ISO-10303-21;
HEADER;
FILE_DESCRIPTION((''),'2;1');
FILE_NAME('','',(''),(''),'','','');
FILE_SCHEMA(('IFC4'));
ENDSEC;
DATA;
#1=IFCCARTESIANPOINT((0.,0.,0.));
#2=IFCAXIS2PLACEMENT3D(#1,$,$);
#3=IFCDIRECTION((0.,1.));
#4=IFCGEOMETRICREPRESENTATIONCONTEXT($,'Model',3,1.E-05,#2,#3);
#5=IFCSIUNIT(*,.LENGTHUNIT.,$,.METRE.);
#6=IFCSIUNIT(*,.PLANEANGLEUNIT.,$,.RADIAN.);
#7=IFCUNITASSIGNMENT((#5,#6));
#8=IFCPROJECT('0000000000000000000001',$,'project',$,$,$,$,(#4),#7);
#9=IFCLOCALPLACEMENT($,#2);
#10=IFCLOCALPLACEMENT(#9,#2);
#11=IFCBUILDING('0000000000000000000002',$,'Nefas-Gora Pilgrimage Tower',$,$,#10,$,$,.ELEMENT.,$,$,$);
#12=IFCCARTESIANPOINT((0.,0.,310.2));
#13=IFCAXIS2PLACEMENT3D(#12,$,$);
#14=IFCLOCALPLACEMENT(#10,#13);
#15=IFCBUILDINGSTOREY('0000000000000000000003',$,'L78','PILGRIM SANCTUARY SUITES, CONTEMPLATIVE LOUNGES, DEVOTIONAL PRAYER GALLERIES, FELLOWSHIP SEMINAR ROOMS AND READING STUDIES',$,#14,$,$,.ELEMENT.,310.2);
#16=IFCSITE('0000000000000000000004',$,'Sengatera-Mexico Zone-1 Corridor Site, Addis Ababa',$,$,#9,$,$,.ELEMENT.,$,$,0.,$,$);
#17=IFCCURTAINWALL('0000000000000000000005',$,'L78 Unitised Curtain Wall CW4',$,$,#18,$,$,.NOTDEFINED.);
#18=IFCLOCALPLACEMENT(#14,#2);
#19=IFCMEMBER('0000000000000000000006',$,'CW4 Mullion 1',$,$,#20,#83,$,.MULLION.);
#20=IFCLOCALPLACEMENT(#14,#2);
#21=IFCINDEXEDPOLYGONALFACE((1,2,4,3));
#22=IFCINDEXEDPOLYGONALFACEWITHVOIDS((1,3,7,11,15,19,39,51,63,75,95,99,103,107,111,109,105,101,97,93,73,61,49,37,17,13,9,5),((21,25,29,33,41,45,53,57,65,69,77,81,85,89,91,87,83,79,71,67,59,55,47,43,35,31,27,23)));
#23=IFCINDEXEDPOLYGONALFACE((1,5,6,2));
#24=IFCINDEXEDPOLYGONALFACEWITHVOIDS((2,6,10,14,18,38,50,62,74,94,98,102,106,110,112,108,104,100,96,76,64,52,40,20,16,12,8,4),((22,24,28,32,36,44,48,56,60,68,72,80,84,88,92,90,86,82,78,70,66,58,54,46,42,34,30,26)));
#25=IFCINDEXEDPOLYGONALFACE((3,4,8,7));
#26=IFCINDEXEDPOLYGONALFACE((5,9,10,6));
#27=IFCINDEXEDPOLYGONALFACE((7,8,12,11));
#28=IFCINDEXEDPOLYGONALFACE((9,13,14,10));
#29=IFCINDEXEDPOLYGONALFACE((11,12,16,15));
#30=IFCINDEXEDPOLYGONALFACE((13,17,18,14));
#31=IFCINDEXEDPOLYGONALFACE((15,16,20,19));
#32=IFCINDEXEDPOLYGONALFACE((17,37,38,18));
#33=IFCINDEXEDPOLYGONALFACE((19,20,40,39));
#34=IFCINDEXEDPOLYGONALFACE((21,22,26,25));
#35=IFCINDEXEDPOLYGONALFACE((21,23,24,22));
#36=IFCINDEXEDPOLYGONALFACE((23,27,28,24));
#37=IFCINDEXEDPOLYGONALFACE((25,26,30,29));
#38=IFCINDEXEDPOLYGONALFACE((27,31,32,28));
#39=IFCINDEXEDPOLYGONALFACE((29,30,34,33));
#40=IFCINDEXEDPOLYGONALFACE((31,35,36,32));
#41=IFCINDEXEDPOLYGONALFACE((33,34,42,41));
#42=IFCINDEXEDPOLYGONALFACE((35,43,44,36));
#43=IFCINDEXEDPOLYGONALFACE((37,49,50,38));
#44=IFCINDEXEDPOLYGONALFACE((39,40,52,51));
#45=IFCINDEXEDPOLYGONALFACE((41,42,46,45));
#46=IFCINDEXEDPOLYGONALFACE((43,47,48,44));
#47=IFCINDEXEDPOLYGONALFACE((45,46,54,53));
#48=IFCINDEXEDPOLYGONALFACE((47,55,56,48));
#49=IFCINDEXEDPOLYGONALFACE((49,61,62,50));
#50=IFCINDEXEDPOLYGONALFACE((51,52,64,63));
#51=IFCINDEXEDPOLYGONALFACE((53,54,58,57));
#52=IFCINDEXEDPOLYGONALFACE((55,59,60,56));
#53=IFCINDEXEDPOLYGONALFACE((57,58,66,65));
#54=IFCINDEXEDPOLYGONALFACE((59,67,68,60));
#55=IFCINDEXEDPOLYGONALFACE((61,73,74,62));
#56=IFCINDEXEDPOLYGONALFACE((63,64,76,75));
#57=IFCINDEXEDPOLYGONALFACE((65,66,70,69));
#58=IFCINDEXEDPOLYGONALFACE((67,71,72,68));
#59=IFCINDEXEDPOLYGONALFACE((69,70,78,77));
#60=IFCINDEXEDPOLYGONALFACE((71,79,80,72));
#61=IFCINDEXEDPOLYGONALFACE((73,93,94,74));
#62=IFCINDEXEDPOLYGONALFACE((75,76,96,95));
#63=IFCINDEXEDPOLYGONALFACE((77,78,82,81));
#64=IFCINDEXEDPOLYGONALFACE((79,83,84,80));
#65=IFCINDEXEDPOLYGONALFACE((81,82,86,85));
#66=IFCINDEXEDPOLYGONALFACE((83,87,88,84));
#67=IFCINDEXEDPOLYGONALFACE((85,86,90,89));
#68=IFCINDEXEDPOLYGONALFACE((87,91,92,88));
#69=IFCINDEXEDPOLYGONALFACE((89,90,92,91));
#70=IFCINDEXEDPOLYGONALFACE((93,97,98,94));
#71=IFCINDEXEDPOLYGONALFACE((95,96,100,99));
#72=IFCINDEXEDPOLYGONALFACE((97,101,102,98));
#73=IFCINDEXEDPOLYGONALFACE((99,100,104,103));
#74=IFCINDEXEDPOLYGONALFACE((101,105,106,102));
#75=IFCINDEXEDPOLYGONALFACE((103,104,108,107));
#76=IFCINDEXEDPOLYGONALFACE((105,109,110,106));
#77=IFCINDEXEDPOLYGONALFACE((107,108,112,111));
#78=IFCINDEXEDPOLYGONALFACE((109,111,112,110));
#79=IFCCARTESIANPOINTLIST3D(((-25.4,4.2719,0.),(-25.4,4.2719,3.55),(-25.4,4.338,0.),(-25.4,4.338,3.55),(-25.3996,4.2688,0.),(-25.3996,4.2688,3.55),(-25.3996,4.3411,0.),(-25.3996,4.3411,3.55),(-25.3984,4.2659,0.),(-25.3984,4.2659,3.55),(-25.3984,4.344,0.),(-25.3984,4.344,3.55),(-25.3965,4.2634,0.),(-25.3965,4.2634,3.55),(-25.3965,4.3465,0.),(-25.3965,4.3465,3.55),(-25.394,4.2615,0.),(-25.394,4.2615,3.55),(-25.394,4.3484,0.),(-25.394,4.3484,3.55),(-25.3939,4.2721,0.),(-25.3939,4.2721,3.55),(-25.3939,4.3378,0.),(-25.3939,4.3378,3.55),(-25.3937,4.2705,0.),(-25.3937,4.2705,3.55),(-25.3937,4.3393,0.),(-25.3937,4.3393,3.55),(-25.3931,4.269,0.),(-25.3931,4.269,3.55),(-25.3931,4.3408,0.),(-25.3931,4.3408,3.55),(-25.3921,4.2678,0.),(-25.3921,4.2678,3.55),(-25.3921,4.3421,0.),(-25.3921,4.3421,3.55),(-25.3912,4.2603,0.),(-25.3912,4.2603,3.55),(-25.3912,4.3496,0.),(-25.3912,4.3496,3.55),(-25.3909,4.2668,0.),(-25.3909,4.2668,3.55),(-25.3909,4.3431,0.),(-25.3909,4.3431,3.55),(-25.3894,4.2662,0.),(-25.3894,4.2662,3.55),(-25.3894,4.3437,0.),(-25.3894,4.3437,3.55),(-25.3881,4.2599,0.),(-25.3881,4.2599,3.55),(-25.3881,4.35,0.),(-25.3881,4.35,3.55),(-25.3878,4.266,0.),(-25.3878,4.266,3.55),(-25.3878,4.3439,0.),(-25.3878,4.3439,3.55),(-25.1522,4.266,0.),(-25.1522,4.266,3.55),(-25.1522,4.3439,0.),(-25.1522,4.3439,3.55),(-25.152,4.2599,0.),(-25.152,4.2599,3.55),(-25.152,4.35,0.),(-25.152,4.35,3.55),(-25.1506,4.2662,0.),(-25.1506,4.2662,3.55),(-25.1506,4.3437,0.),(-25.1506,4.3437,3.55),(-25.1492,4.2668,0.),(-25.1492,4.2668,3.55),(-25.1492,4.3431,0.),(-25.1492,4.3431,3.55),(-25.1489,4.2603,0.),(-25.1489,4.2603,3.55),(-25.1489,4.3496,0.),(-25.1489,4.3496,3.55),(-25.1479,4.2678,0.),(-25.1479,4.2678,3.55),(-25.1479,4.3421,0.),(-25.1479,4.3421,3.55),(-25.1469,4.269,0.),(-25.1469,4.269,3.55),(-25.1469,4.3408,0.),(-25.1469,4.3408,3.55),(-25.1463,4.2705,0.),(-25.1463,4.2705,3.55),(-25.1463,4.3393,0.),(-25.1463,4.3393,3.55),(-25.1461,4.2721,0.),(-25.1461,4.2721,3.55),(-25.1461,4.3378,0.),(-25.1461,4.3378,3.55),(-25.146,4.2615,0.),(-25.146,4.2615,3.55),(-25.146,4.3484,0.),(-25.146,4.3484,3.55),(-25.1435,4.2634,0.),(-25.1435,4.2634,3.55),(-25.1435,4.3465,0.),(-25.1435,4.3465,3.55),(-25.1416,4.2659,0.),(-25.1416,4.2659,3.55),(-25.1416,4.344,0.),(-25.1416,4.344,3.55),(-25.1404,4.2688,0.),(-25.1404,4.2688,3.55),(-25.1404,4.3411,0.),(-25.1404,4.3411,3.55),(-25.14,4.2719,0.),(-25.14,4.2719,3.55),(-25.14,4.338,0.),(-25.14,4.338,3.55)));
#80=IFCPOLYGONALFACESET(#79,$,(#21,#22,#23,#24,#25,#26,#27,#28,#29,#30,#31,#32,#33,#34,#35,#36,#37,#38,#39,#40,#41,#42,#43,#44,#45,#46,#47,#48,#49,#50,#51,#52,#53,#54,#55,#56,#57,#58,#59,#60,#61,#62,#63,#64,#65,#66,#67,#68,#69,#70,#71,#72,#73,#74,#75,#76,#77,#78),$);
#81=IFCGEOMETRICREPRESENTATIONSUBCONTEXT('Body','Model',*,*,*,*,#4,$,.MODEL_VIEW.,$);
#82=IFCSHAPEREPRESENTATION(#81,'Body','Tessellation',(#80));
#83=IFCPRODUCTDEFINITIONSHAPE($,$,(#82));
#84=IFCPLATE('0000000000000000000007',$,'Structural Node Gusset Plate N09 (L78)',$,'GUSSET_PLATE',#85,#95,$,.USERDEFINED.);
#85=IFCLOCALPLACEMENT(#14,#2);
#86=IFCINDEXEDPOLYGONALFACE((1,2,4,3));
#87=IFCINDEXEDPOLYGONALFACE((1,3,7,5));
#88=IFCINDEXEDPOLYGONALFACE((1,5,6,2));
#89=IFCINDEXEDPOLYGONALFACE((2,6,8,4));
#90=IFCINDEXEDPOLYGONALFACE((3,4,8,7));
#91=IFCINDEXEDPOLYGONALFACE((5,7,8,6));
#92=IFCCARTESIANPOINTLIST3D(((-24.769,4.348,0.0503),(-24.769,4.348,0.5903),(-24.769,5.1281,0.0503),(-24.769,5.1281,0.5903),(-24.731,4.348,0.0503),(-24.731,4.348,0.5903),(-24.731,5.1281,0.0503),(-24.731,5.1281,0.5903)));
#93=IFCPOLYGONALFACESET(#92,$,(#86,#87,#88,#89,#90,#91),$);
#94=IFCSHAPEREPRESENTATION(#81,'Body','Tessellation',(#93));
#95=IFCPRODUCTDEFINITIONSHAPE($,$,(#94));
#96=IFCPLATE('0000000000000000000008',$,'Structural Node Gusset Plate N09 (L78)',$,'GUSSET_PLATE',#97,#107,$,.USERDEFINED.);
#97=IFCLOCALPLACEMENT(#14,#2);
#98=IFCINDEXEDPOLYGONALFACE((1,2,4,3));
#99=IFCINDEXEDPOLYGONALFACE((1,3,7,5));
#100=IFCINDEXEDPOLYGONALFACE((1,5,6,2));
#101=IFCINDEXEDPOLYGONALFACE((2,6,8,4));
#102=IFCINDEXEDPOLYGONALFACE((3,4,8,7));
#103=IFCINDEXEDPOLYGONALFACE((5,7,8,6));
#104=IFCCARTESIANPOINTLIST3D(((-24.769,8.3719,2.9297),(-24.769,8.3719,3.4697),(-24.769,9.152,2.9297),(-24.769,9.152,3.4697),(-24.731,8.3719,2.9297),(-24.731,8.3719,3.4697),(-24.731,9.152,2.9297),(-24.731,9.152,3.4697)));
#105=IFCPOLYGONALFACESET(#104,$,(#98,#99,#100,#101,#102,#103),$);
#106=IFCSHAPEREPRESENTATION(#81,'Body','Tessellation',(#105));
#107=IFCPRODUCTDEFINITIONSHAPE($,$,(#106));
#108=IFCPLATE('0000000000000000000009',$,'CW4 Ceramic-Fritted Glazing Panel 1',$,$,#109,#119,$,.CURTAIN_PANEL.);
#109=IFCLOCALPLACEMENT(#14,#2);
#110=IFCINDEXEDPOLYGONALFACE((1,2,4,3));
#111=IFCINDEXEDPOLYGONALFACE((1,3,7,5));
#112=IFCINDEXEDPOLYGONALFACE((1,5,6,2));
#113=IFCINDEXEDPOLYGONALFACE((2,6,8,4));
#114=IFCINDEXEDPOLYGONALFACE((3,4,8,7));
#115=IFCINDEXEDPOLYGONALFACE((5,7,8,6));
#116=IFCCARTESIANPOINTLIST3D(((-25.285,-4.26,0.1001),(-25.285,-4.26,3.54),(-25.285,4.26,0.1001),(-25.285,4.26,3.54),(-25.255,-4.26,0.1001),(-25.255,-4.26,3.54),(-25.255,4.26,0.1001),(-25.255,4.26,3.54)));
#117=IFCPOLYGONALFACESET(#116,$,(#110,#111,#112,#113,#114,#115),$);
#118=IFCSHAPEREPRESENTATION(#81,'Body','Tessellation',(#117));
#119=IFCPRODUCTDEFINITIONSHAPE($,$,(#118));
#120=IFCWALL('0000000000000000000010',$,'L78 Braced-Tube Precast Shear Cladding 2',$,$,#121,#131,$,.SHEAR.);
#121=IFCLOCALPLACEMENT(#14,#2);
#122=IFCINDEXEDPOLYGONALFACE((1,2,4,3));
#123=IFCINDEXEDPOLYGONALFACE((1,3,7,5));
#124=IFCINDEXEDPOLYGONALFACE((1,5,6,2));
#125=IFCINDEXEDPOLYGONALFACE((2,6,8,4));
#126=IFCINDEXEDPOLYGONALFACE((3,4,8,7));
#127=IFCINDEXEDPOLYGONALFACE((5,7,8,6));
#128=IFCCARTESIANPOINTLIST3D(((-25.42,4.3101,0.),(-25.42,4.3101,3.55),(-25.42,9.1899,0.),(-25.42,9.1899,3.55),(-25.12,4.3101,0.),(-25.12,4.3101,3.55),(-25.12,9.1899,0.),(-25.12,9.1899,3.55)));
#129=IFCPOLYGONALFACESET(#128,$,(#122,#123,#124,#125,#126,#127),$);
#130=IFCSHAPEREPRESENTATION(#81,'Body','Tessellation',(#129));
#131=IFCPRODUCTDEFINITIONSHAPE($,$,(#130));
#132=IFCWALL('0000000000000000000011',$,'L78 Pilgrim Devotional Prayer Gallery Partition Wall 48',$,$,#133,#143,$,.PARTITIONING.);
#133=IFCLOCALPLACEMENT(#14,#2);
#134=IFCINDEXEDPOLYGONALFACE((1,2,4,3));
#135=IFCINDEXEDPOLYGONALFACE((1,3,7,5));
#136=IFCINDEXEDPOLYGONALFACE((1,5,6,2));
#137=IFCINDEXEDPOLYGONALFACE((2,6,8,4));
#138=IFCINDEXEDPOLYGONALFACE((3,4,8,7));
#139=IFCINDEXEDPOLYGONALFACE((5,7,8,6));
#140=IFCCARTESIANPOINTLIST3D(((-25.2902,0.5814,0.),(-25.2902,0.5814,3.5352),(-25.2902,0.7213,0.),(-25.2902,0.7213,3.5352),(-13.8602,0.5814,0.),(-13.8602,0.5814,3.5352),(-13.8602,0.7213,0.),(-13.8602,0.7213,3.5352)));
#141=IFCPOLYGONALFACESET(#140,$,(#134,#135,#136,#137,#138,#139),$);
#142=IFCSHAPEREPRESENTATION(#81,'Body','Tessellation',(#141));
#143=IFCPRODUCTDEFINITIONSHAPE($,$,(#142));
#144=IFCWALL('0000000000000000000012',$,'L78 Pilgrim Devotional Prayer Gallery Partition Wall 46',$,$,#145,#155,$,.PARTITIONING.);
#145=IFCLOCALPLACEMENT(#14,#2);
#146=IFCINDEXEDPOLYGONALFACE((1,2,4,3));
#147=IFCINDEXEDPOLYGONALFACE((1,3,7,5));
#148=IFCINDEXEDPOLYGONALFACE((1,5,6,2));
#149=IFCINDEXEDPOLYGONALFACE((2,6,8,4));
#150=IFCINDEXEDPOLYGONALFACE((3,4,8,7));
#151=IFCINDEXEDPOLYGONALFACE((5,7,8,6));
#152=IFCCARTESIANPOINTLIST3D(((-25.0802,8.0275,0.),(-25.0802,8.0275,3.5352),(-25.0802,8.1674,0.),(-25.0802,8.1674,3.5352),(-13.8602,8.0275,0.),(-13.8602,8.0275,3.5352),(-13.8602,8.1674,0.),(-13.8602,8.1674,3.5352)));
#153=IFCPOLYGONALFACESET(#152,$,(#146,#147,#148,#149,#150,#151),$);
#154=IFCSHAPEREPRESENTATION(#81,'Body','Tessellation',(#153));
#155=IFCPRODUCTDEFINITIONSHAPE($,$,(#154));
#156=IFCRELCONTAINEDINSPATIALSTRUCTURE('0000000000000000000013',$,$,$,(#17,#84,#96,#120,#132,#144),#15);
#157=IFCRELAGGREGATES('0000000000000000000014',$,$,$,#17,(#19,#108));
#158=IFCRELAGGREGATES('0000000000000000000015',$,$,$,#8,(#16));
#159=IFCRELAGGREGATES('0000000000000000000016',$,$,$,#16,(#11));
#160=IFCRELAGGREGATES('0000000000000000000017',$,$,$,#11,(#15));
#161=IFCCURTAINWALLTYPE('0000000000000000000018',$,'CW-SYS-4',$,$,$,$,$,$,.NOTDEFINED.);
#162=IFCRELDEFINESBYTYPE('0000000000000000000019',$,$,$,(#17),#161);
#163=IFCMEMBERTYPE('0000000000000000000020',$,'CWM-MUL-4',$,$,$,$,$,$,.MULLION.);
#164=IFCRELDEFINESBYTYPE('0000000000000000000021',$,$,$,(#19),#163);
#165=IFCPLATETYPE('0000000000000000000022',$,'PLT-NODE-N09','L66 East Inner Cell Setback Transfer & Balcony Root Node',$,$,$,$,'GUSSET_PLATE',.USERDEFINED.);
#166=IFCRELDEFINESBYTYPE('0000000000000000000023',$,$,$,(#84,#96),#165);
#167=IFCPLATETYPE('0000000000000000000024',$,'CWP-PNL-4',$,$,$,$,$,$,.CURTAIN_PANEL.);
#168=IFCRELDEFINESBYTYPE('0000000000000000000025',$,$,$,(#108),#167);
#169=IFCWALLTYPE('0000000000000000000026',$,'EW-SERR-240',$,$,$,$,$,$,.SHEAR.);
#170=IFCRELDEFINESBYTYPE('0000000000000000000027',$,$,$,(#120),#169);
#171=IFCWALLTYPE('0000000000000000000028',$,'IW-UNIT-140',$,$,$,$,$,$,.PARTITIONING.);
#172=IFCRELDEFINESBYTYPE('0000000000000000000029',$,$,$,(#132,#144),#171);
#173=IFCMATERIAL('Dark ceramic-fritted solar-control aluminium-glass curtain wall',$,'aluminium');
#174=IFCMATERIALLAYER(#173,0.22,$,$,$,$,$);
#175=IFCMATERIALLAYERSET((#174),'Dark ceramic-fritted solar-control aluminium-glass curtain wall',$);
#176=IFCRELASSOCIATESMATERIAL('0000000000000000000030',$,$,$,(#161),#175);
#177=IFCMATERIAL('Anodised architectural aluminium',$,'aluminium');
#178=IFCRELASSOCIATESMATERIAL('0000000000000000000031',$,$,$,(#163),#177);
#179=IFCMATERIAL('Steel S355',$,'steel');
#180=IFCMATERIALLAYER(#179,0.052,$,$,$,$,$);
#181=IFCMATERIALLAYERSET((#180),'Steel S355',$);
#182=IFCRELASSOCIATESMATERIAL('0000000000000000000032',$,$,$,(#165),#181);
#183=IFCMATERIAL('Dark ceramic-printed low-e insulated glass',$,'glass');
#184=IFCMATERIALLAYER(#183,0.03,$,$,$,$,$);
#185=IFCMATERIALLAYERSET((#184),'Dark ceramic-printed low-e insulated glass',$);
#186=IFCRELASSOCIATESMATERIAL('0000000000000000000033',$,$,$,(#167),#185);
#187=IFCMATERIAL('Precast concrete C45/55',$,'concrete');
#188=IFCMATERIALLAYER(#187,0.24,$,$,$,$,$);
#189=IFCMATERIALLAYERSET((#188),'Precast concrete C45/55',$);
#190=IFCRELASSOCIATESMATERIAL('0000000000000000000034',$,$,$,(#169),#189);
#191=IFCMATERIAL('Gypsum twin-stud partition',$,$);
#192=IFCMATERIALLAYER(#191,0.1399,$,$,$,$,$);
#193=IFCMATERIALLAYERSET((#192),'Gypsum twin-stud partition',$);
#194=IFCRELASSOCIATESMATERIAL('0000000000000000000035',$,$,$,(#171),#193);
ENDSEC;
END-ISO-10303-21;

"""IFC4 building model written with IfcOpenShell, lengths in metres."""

from ifc_helpers import new_model, si_unit, direction, frame, frame_2d, origin, origin_2d, place, context, subcontext, project, spatial, rectangle, hollow_rectangle, extrude, source, transform, mapped, material, layer, layer_set, material_profile, profile_set, type_object, element, aggregate, save


model = new_model("IFC4")

# Units and contexts
model_context = context("Model", 3, precision=1e-05, world=origin(), true_north=direction((0.0, 1.0)))
body_context = subcontext(model_context, "Body", "Model", "MODEL_VIEW")
ifc_project = project(units=[si_unit("LENGTHUNIT", "METRE"), si_unit("PLANEANGLEUNIT", "RADIAN")], contexts=[model_context])

# Site, building, storey
site_placement = place(None, origin())
site = spatial("IfcSite", under=ifc_project, at=site_placement, Name="Sengatera-Mexico Zone-1 Corridor Site, Addis Ababa", CompositionType="ELEMENT", RefElevation=0.0)
building_placement = place(site_placement, origin())
building = spatial("IfcBuilding", under=site, at=building_placement, Name="Nefas-Gora Pilgrimage Tower", CompositionType="ELEMENT")
storey_placement = place(building_placement, frame((0.0, 0.0, 310.2)))
storey = spatial("IfcBuildingStorey", under=building, at=storey_placement, Name="L78", Description="PILGRIM SANCTUARY SUITES, CONTEMPLATIVE LOUNGES, DEVOTIONAL PRAYER GALLERIES, FELLOWSHIP SEMINAR ROOMS AND READING STUDIES", CompositionType="ELEMENT", Elevation=310.2)

# Shared definitions
ifc_material_1 = material(Name="Steel S355", Category="steel")

# Curtain wall, member
ifc_material_2 = material(Name="Dark ceramic-fritted solar-control aluminium-glass curtain wall", Category="aluminium")
ifc_layer_1 = layer(ifc_material_2, 0.22)
ifc_layer_set_1 = layer_set([ifc_layer_1], Name="Dark ceramic-fritted solar-control aluminium-glass curtain wall")
curtain_wall_type = type_object("IfcCurtainWallType", Name="CW-SYS-4", PredefinedType="NOTDEFINED", material=ifc_layer_set_1)
curtain_wall_placement = place(storey_placement, origin())
curtain_wall = element("IfcCurtainWall", 1, at=curtain_wall_placement, inside=storey, type_object=curtain_wall_type, Name="L78 Unitised Curtain Wall CW4", PredefinedType="NOTDEFINED")
ifc_material_3 = material(Name="Anodised architectural aluminium", Category="aluminium")
ifc_material_profile_1 = material_profile(ifc_material_3, hollow_rectangle(XDim=0.0901, YDim=0.26, WallThickness=0.0061, InnerFilletRadius=0.0061, OuterFilletRadius=0.012, at=origin_2d()), Name="ALU MULLION 90x260")
ifc_profile_set_1 = profile_set([ifc_material_profile_1], Name="Anodised architectural aluminium")
member_type_1 = type_object("IfcMemberType", Name="CWM-MUL-4", PredefinedType="MULLION", material=ifc_profile_set_1)
shared_shape_1 = source(origin(), body_context, "Body", "SweptSolid", [
    extrude(hollow_rectangle(XDim=0.0901, YDim=0.26, WallThickness=0.0061, InnerFilletRadius=0.0061, OuterFilletRadius=0.012, at=origin_2d()), origin(), (0.0, 0.0, 1.0), 3.55),
])
member_1_placement = place(storey_placement, frame((-25.27, 4.3049, 0.0), z_axis=(0.0, 0.0, 1.0), x_axis=(0.0, -1.0, 0.0)))
member_1 = element("IfcMember", 2, at=member_1_placement, type_object=member_type_1, Name="CW4 Mullion 1", PredefinedType="MULLION", context=body_context, shape_type="MappedRepresentation", body=[
    mapped(shared_shape_1, transform((0.0, 0.0, 0.0), x_axis=(1.0, 0.0, 0.0), y_axis=(0.0, 1.0, 0.0), z_axis=(0.0, 0.0, 1.0), scale=1.0)),
])

# Plates
ifc_layer_2 = layer(ifc_material_1, 0.052)
ifc_layer_set_2 = layer_set([ifc_layer_2], Name="Steel S355")
plate_type_1 = type_object("IfcPlateType", Name="PLT-NODE-N09", Description="L66 East Inner Cell Setback Transfer & Balcony Root Node", ElementType="GUSSET_PLATE", PredefinedType="USERDEFINED", material=ifc_layer_set_2)
shared_shape_2 = source(origin(), body_context, "Body", "SweptSolid", [
    extrude(rectangle(XDim=0.78, YDim=0.0381, at=origin_2d()), origin(), (0.0, 0.0, 1.0), 0.54),
])
for number, where, z_axis, x_axis, name in (
    (3, (-24.75, 4.738, 0.0503), (0.0, 0.0, 1.0), (0.0, 1.0, 0.0), "Structural Node Gusset Plate N09 (L78)"),
    (4, (-24.75, 8.762, 2.9297), (0.0, 0.0, 1.0), (0.0, 1.0, 0.0), "Structural Node Gusset Plate N09 (L78)"),
):
    element("IfcPlate", number, at=place(storey_placement, frame(where, z_axis=z_axis, x_axis=x_axis)), inside=storey, type_object=plate_type_1, Name=name, ObjectType="GUSSET_PLATE", PredefinedType="USERDEFINED", context=body_context, shape_type="MappedRepresentation", body=[
        mapped(shared_shape_2, transform((0.0, 0.0, 0.0), x_axis=(1.0, 0.0, 0.0), y_axis=(0.0, 1.0, 0.0), z_axis=(0.0, 0.0, 1.0), scale=1.0)),
    ])

# Plate
ifc_material_4 = material(Name="Dark ceramic-printed low-e insulated glass", Category="glass")
ifc_layer_3 = layer(ifc_material_4, 0.03)
ifc_layer_set_3 = layer_set([ifc_layer_3], Name="Dark ceramic-printed low-e insulated glass")
plate_type_2 = type_object("IfcPlateType", Name="CWP-PNL-4", PredefinedType="CURTAIN_PANEL", material=ifc_layer_set_3)
shared_shape_3 = source(origin(), body_context, "Body", "SweptSolid", [
    extrude(rectangle(XDim=8.52, YDim=0.03, at=origin_2d()), origin(), (0.0, 0.0, 1.0), 3.4399),
])
plate_placement = place(storey_placement, frame((-25.27, 0.0, 0.1001), z_axis=(0.0, 0.0, 1.0), x_axis=(0.0, -1.0, 0.0)))
plate = element("IfcPlate", 5, at=plate_placement, type_object=plate_type_2, Name="CW4 Ceramic-Fritted Glazing Panel 1", PredefinedType="CURTAIN_PANEL", context=body_context, shape_type="MappedRepresentation", body=[
    mapped(shared_shape_3, transform((0.0, 0.0, 0.0), x_axis=(1.0, 0.0, 0.0), y_axis=(0.0, 1.0, 0.0), z_axis=(0.0, 0.0, 1.0), scale=1.0)),
])
aggregate(curtain_wall, [member_1, plate])

# Walls
ifc_material_5 = material(Name="Precast concrete C45/55", Category="concrete")
ifc_layer_4 = layer(ifc_material_5, 0.24)
ifc_layer_set_4 = layer_set([ifc_layer_4], Name="Precast concrete C45/55")
wall_type_1 = type_object("IfcWallType", Name="EW-SERR-240", PredefinedType="SHEAR", material=ifc_layer_set_4)
shared_shape_4 = source(origin(), body_context, "Body", "SweptSolid", [
    extrude(rectangle(XDim=4.8799, YDim=0.3, at=frame_2d((2.4399, 0.0))), origin(), (0.0, 0.0, 1.0), 3.55),
])
wall_1_placement = place(storey_placement, frame((-25.27, 4.3101, 0.0), z_axis=(0.0, 0.0, 1.0), x_axis=(0.0, 1.0, 0.0)))
element("IfcWall", 6, at=wall_1_placement, inside=storey, type_object=wall_type_1, Name="L78 Braced-Tube Precast Shear Cladding 2", PredefinedType="SHEAR", context=body_context, shape_type="MappedRepresentation", body=[
    mapped(shared_shape_4, transform((0.0, 0.0, 0.0), x_axis=(1.0, 0.0, 0.0), y_axis=(0.0, 1.0, 0.0), z_axis=(0.0, 0.0, 1.0), scale=1.0)),
])
ifc_material_6 = material(Name="Gypsum twin-stud partition")
ifc_layer_5 = layer(ifc_material_6, 0.1399)
ifc_layer_set_5 = layer_set([ifc_layer_5], Name="Gypsum twin-stud partition")
wall_type_2 = type_object("IfcWallType", Name="IW-UNIT-140", PredefinedType="PARTITIONING", material=ifc_layer_set_5)
shared_shape_5 = source(origin(), body_context, "Body", "SweptSolid", [
    extrude(rectangle(XDim=11.4299, YDim=0.1399, at=frame_2d((5.7148, 0.0))), origin(), (0.0, 0.0, 1.0), 3.5352),
])
wall_2_placement = place(storey_placement, frame((-25.29, 0.6514, 0.0), z_axis=(0.0, 0.0, 1.0), x_axis=(1.0, 0.0, 0.0)))
element("IfcWall", 7, at=wall_2_placement, inside=storey, type_object=wall_type_2, Name="L78 Pilgrim Devotional Prayer Gallery Partition Wall 48", PredefinedType="PARTITIONING", context=body_context, shape_type="MappedRepresentation", body=[
    mapped(shared_shape_5, transform((0.0, 0.0, 0.0), x_axis=(1.0, 0.0, 0.0), y_axis=(0.0, 1.0, 0.0), z_axis=(0.0, 0.0, 1.0), scale=1.0)),
])
shared_shape_6 = source(origin(), body_context, "Body", "SweptSolid", [
    extrude(rectangle(XDim=11.22, YDim=0.1399, at=frame_2d((5.6099, 0.0))), origin(), (0.0, 0.0, 1.0), 3.5352),
])
wall_3_placement = place(storey_placement, frame((-25.0801, 8.0974, 0.0), z_axis=(0.0, 0.0, 1.0), x_axis=(1.0, 0.0, 0.0)))
element("IfcWall", 8, at=wall_3_placement, inside=storey, type_object=wall_type_2, Name="L78 Pilgrim Devotional Prayer Gallery Partition Wall 46", PredefinedType="PARTITIONING", context=body_context, shape_type="MappedRepresentation", body=[
    mapped(shared_shape_6, transform((0.0, 0.0, 0.0), x_axis=(1.0, 0.0, 0.0), y_axis=(0.0, 1.0, 0.0), z_axis=(0.0, 0.0, 1.0), scale=1.0)),
])

save(model, "model.ifc")
